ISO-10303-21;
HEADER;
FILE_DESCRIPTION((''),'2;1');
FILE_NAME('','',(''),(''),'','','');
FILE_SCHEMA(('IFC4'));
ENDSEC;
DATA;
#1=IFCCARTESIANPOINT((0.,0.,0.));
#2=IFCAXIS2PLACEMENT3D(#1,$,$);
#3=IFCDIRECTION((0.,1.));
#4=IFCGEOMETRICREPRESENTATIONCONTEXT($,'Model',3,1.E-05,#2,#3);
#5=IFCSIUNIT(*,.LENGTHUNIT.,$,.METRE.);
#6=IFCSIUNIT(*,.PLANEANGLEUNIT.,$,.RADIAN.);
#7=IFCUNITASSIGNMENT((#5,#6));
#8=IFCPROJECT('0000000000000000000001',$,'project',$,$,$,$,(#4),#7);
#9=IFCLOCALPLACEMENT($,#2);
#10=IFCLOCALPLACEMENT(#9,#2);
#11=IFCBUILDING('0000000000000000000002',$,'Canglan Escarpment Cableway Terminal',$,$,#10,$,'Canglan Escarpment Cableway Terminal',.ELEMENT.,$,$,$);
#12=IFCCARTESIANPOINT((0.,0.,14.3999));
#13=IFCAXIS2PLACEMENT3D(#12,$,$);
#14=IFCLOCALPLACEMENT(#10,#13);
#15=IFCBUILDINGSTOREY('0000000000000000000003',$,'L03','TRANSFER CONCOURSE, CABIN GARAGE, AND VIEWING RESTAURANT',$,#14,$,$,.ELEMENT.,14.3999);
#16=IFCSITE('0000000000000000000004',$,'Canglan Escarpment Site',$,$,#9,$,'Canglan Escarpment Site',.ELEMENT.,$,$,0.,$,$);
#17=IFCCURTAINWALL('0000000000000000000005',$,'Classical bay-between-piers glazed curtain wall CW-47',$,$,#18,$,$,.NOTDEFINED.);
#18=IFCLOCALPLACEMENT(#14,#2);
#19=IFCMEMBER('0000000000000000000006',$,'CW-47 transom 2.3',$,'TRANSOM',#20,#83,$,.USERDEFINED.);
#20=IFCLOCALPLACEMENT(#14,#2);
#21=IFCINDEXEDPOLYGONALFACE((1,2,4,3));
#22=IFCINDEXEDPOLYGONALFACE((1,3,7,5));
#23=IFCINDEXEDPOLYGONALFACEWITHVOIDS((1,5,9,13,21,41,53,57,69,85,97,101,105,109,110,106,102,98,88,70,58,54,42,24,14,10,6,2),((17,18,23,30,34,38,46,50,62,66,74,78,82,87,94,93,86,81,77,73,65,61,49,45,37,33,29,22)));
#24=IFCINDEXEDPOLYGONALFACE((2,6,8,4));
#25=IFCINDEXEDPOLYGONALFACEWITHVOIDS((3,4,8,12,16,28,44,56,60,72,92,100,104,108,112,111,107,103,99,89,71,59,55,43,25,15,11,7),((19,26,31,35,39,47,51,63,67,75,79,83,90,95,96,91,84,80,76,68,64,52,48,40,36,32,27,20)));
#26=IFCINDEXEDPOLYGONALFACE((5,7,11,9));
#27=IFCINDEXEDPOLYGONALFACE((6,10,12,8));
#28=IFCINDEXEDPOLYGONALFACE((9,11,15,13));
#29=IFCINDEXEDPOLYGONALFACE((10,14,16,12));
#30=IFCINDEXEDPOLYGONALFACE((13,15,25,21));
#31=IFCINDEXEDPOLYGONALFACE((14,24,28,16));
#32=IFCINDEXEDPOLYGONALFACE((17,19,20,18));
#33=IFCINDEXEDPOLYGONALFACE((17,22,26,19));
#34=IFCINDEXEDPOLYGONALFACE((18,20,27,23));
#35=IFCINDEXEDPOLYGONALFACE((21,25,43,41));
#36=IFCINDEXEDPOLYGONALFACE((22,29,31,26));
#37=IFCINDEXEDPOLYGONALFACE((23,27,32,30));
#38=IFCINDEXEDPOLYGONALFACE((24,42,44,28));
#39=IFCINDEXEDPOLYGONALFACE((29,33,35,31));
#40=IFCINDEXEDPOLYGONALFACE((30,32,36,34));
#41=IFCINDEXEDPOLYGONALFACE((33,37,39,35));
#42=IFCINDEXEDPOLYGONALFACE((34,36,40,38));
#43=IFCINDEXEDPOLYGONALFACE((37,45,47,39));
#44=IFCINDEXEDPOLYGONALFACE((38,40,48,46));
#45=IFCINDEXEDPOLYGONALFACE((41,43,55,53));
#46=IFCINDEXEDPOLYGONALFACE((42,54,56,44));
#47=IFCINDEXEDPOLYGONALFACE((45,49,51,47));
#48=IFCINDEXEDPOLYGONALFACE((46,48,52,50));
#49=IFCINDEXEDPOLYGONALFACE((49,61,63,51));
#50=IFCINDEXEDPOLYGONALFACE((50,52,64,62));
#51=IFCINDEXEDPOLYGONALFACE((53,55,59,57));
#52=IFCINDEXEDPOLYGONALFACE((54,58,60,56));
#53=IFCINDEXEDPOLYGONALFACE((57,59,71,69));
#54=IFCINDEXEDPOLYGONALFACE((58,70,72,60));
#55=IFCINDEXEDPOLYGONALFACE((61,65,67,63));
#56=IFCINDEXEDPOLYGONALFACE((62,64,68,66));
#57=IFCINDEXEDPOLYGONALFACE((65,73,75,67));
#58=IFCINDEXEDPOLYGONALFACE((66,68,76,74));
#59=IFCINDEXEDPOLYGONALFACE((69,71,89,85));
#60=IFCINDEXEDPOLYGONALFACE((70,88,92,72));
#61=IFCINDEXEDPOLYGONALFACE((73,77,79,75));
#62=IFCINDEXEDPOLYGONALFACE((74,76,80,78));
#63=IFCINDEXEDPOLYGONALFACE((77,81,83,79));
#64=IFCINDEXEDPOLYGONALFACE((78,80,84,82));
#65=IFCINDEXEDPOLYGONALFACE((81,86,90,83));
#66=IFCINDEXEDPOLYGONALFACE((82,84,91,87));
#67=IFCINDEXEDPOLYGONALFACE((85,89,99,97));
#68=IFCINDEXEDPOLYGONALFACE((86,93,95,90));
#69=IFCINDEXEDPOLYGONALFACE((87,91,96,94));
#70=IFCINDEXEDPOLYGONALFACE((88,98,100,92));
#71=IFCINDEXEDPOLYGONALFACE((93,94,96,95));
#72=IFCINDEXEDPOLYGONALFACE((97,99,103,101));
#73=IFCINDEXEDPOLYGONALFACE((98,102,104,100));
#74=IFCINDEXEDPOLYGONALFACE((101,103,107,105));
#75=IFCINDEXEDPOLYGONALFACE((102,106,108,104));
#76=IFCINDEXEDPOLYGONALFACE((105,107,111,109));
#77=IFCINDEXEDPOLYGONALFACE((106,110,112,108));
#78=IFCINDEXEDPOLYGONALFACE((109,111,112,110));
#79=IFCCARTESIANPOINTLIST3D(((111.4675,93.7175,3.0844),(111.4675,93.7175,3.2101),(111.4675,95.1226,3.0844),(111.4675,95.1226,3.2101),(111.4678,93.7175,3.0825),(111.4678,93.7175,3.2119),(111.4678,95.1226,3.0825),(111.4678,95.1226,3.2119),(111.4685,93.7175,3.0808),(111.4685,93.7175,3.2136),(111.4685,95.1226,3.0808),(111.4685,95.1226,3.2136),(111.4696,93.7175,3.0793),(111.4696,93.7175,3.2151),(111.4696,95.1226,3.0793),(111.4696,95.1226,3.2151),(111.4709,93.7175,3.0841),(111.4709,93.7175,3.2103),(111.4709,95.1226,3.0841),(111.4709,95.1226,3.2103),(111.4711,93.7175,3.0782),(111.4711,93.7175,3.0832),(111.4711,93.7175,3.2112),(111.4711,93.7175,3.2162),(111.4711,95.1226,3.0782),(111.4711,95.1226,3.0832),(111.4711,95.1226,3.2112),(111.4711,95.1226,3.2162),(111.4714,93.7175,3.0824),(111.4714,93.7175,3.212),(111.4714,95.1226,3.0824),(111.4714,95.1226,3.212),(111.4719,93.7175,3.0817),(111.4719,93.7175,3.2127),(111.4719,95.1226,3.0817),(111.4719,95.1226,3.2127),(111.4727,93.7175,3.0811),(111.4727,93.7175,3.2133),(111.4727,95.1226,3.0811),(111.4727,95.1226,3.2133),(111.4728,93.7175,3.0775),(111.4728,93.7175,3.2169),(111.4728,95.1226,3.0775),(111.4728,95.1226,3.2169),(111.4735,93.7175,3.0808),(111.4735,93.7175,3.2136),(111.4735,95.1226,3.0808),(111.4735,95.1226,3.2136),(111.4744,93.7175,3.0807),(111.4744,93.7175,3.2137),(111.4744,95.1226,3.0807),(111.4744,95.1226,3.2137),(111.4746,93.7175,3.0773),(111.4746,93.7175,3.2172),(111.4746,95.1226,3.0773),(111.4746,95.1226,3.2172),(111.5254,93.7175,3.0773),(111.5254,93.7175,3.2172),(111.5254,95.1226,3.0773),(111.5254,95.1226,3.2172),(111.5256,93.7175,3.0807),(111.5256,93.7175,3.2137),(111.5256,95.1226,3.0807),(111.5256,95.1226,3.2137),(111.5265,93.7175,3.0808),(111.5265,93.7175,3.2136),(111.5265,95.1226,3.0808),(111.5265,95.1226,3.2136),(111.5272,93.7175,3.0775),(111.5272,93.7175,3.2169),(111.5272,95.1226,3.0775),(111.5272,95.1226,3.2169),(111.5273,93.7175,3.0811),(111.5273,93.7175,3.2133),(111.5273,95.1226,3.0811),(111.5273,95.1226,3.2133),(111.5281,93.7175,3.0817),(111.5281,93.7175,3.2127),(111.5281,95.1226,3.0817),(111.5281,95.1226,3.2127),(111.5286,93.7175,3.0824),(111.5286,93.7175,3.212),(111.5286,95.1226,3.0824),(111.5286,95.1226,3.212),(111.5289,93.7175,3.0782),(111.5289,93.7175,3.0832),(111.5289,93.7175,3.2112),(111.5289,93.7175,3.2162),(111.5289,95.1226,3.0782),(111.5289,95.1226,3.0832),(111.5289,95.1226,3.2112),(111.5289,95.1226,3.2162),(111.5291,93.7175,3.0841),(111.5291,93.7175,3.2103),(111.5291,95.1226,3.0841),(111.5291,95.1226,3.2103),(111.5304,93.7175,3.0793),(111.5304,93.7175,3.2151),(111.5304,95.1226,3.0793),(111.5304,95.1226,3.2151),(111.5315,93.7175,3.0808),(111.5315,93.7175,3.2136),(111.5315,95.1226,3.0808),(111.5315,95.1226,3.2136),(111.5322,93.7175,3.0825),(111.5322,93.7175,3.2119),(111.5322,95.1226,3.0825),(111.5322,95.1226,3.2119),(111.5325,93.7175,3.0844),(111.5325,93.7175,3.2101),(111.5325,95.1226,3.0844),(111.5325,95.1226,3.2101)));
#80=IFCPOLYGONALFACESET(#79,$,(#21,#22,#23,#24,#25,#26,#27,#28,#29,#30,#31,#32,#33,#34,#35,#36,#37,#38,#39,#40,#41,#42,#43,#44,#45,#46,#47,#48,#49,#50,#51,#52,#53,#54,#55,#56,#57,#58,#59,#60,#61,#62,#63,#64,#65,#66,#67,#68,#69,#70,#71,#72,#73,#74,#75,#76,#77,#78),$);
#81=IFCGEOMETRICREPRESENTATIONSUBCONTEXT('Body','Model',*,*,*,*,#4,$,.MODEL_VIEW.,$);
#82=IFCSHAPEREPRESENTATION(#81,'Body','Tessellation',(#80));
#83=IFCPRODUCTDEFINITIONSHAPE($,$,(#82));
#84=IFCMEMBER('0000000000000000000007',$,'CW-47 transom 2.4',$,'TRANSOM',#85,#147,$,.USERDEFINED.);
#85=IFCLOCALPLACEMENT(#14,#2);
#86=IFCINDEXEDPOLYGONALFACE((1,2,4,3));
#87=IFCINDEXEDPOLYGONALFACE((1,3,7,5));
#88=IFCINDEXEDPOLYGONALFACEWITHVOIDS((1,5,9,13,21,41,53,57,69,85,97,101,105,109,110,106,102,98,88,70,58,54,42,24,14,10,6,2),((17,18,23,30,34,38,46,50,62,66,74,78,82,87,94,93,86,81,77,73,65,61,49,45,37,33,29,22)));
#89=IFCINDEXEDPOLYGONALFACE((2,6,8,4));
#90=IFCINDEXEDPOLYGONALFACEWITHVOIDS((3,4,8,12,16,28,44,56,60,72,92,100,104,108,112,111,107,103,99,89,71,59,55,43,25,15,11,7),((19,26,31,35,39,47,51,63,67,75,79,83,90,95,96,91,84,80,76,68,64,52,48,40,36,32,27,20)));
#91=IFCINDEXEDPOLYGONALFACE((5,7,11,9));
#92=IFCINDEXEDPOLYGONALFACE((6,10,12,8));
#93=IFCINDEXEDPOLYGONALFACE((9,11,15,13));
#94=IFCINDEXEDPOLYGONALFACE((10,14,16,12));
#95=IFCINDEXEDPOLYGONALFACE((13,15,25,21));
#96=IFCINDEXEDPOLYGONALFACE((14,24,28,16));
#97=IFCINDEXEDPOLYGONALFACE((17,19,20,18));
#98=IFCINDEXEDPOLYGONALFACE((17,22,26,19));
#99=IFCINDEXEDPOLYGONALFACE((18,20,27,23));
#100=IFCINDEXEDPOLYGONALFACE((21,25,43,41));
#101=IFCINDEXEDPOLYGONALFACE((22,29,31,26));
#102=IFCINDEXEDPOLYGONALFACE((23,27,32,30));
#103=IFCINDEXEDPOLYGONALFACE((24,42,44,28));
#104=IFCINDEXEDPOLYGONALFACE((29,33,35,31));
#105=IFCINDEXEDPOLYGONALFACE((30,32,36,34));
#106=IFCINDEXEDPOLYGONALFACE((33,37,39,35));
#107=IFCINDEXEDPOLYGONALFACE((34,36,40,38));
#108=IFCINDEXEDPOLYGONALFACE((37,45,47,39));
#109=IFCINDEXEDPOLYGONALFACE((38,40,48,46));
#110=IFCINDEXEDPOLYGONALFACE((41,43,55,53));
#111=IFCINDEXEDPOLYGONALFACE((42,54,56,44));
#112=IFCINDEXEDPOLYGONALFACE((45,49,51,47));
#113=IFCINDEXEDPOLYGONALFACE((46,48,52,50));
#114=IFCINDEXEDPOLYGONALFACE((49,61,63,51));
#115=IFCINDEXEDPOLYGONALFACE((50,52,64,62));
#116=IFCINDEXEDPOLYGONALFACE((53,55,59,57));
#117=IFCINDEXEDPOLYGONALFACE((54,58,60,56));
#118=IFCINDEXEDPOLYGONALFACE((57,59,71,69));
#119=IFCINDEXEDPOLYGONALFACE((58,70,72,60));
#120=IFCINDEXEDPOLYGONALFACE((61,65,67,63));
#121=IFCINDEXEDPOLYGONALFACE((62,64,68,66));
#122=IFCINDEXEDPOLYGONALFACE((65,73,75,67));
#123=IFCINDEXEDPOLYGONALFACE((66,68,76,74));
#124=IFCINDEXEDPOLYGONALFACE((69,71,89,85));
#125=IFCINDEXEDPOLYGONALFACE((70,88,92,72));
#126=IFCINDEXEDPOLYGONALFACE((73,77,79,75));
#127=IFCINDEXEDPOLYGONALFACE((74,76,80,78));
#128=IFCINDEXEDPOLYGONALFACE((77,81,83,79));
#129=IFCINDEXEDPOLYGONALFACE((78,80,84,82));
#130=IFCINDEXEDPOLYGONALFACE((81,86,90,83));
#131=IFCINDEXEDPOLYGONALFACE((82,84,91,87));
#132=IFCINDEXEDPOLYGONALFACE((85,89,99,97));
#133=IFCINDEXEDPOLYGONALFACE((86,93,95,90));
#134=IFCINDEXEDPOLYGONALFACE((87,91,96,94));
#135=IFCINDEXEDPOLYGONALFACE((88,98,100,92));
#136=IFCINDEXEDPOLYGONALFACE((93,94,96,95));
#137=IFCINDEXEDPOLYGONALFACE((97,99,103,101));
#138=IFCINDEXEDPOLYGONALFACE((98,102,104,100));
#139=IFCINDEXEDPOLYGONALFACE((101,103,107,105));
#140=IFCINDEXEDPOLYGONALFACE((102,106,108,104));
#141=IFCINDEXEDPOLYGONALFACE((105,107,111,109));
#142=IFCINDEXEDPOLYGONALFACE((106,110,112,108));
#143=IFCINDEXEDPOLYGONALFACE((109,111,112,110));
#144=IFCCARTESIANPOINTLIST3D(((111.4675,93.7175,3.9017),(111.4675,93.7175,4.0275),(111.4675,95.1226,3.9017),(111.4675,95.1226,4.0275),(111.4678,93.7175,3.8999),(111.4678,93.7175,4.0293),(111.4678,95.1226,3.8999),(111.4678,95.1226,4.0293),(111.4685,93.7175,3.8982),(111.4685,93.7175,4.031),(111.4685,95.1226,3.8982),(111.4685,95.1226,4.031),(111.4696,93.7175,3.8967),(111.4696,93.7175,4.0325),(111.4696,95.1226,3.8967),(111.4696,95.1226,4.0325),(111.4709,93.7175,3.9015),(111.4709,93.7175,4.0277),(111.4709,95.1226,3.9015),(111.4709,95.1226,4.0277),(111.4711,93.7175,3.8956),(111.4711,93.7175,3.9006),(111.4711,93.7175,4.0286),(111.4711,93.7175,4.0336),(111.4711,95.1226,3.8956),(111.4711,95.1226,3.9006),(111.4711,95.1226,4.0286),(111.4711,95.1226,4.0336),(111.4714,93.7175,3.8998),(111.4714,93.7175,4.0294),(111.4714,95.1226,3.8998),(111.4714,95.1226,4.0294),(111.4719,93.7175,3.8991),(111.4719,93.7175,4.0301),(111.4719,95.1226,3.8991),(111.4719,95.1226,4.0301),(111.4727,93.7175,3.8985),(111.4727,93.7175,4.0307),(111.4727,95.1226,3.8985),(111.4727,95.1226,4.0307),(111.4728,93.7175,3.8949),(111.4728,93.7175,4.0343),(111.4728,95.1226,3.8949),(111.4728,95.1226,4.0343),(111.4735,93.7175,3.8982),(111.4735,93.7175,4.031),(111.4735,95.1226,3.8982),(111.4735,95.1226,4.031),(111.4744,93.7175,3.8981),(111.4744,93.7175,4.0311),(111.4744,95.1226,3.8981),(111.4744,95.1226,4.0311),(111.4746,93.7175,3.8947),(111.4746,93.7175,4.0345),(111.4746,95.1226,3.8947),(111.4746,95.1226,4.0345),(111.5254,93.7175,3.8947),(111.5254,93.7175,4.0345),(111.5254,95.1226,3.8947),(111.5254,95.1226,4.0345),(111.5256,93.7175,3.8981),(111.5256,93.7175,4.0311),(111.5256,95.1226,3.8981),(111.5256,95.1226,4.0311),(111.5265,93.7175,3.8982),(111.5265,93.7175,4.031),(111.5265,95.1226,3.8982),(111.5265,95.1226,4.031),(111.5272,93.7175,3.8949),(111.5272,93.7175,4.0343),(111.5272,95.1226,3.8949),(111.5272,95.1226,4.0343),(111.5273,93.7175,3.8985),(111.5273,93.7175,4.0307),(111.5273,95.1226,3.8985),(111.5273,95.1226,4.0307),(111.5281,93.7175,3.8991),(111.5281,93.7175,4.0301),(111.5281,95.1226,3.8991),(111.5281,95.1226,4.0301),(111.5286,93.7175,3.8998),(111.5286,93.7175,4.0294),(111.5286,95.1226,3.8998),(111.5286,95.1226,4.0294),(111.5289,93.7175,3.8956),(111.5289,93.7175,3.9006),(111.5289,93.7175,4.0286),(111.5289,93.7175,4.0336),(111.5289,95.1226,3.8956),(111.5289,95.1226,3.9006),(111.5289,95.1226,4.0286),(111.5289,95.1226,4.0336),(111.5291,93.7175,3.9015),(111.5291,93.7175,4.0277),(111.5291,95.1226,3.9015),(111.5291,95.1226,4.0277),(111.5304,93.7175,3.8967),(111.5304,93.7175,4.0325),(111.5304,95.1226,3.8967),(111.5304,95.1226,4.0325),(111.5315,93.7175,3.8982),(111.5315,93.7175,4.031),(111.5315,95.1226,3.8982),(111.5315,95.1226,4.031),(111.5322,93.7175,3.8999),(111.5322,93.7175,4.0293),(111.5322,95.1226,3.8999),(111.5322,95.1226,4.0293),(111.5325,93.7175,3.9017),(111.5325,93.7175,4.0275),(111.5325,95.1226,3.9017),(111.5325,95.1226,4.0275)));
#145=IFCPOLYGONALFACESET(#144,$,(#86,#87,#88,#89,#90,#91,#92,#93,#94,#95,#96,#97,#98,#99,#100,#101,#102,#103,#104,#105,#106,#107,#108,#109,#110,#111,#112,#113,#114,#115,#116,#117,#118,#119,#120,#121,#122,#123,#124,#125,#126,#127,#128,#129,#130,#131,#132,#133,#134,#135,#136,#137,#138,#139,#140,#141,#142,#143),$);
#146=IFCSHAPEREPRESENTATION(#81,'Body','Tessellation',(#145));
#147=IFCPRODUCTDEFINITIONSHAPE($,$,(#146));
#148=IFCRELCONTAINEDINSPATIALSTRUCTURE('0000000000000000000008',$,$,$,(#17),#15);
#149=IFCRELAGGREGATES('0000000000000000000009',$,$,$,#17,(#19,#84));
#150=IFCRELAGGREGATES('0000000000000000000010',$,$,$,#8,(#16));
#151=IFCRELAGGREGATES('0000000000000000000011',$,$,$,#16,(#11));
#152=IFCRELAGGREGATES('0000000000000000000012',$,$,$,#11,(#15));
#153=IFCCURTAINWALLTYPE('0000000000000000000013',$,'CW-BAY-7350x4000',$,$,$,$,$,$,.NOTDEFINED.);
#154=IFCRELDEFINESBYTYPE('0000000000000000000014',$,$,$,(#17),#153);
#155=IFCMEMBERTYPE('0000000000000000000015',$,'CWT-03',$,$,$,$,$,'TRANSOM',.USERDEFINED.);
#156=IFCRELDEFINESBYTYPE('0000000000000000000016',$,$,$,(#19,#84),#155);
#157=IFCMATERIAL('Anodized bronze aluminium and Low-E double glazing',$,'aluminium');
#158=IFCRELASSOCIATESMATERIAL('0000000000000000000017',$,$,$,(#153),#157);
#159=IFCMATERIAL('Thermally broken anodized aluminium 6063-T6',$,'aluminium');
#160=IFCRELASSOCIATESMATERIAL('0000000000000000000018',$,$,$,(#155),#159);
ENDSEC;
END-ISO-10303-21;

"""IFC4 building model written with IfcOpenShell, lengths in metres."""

from ifc_helpers import new_model, si_unit, direction, frame, origin, origin_2d, place, context, subcontext, project, spatial, hollow_rectangle, extrude, material, material_profile, profile_set, type_object, element, aggregate, save


model = new_model("IFC4")

# Units and contexts
model_context = context("Model", 3, precision=1e-05, world=origin(), true_north=direction((0.0, 1.0)))
body_context = subcontext(model_context, "Body", "Model", "MODEL_VIEW")
ifc_project = project(units=[si_unit("LENGTHUNIT", "METRE"), si_unit("PLANEANGLEUNIT", "RADIAN")], contexts=[model_context])

# Site, building, storey
site_placement = place(None, origin())
site = spatial("IfcSite", under=ifc_project, at=site_placement, Name="Canglan Escarpment Site", LongName="Canglan Escarpment Site", CompositionType="ELEMENT", RefElevation=0.0)
building_placement = place(site_placement, origin())
building = spatial("IfcBuilding", under=site, at=building_placement, Name="Canglan Escarpment Cableway Terminal", LongName="Canglan Escarpment Cableway Terminal", CompositionType="ELEMENT")
storey_placement = place(building_placement, frame((0.0, 0.0, 14.3999)))
storey = spatial("IfcBuildingStorey", under=building, at=storey_placement, Name="L03", Description="TRANSFER CONCOURSE, CABIN GARAGE, AND VIEWING RESTAURANT", CompositionType="ELEMENT", Elevation=14.3999)

# Shared definitions
ifc_material_1 = material(Name="Anodized bronze aluminium and Low-E double glazing", Category="aluminium")
ifc_material_2 = material(Name="Thermally broken anodized aluminium 6063-T6", Category="aluminium")

# Curtain wall
curtain_wall_type_1 = type_object("IfcCurtainWallType", Name="CW-BAY-7350x4000", PredefinedType="NOTDEFINED", material=ifc_material_1)
curtain_wall_1_placement = place(storey_placement, origin())
curtain_wall_1 = element("IfcCurtainWall", 1, at=curtain_wall_1_placement, inside=storey, type_object=curtain_wall_type_1, Name="Classical bay-between-piers glazed curtain wall CW-47", PredefinedType="NOTDEFINED")

# Members
ifc_material_profile_1 = material_profile(ifc_material_2, hollow_rectangle(XDim=0.0649, YDim=0.1399, WallThickness=0.0034, InnerFilletRadius=0.0034, OuterFilletRadius=0.0071, at=origin_2d()), Name="ALU-TRAN 65x140x3.5")
ifc_profile_set_1 = profile_set([ifc_material_profile_1], Name="Thermally broken anodized aluminium 6063-T6")
member_type_1 = type_object("IfcMemberType", Name="CWT-03", ElementType="TRANSOM", PredefinedType="USERDEFINED", material=ifc_profile_set_1)
member_1_placement = place(storey_placement, frame((111.5, 95.1226, 3.1472), z_axis=(0.0, -1.0, 0.0), x_axis=(1.0, 0.0, 0.0)))
member_1 = element("IfcMember", 2, at=member_1_placement, type_object=member_type_1, Name="CW-47 transom 2.3", ObjectType="TRANSOM", PredefinedType="USERDEFINED", context=body_context, shape_type="SweptSolid", body=[
    extrude(hollow_rectangle(XDim=0.0649, YDim=0.1399, WallThickness=0.0034, InnerFilletRadius=0.0034, OuterFilletRadius=0.0071, at=origin_2d()), origin(), (0.0, 0.0, 1.0), 1.405),
])
member_2_placement = place(storey_placement, frame((111.5, 95.1226, 3.9646), z_axis=(0.0, -1.0, 0.0), x_axis=(1.0, 0.0, 0.0)))
member_2 = element("IfcMember", 3, at=member_2_placement, type_object=member_type_1, Name="CW-47 transom 2.4", ObjectType="TRANSOM", PredefinedType="USERDEFINED", context=body_context, shape_type="SweptSolid", body=[
    extrude(hollow_rectangle(XDim=0.0649, YDim=0.1399, WallThickness=0.0034, InnerFilletRadius=0.0034, OuterFilletRadius=0.0071, at=origin_2d()), origin(), (0.0, 0.0, 1.0), 1.405),
])

aggregate(curtain_wall_1, [member_1, member_2])

save(model, "model.ifc")
